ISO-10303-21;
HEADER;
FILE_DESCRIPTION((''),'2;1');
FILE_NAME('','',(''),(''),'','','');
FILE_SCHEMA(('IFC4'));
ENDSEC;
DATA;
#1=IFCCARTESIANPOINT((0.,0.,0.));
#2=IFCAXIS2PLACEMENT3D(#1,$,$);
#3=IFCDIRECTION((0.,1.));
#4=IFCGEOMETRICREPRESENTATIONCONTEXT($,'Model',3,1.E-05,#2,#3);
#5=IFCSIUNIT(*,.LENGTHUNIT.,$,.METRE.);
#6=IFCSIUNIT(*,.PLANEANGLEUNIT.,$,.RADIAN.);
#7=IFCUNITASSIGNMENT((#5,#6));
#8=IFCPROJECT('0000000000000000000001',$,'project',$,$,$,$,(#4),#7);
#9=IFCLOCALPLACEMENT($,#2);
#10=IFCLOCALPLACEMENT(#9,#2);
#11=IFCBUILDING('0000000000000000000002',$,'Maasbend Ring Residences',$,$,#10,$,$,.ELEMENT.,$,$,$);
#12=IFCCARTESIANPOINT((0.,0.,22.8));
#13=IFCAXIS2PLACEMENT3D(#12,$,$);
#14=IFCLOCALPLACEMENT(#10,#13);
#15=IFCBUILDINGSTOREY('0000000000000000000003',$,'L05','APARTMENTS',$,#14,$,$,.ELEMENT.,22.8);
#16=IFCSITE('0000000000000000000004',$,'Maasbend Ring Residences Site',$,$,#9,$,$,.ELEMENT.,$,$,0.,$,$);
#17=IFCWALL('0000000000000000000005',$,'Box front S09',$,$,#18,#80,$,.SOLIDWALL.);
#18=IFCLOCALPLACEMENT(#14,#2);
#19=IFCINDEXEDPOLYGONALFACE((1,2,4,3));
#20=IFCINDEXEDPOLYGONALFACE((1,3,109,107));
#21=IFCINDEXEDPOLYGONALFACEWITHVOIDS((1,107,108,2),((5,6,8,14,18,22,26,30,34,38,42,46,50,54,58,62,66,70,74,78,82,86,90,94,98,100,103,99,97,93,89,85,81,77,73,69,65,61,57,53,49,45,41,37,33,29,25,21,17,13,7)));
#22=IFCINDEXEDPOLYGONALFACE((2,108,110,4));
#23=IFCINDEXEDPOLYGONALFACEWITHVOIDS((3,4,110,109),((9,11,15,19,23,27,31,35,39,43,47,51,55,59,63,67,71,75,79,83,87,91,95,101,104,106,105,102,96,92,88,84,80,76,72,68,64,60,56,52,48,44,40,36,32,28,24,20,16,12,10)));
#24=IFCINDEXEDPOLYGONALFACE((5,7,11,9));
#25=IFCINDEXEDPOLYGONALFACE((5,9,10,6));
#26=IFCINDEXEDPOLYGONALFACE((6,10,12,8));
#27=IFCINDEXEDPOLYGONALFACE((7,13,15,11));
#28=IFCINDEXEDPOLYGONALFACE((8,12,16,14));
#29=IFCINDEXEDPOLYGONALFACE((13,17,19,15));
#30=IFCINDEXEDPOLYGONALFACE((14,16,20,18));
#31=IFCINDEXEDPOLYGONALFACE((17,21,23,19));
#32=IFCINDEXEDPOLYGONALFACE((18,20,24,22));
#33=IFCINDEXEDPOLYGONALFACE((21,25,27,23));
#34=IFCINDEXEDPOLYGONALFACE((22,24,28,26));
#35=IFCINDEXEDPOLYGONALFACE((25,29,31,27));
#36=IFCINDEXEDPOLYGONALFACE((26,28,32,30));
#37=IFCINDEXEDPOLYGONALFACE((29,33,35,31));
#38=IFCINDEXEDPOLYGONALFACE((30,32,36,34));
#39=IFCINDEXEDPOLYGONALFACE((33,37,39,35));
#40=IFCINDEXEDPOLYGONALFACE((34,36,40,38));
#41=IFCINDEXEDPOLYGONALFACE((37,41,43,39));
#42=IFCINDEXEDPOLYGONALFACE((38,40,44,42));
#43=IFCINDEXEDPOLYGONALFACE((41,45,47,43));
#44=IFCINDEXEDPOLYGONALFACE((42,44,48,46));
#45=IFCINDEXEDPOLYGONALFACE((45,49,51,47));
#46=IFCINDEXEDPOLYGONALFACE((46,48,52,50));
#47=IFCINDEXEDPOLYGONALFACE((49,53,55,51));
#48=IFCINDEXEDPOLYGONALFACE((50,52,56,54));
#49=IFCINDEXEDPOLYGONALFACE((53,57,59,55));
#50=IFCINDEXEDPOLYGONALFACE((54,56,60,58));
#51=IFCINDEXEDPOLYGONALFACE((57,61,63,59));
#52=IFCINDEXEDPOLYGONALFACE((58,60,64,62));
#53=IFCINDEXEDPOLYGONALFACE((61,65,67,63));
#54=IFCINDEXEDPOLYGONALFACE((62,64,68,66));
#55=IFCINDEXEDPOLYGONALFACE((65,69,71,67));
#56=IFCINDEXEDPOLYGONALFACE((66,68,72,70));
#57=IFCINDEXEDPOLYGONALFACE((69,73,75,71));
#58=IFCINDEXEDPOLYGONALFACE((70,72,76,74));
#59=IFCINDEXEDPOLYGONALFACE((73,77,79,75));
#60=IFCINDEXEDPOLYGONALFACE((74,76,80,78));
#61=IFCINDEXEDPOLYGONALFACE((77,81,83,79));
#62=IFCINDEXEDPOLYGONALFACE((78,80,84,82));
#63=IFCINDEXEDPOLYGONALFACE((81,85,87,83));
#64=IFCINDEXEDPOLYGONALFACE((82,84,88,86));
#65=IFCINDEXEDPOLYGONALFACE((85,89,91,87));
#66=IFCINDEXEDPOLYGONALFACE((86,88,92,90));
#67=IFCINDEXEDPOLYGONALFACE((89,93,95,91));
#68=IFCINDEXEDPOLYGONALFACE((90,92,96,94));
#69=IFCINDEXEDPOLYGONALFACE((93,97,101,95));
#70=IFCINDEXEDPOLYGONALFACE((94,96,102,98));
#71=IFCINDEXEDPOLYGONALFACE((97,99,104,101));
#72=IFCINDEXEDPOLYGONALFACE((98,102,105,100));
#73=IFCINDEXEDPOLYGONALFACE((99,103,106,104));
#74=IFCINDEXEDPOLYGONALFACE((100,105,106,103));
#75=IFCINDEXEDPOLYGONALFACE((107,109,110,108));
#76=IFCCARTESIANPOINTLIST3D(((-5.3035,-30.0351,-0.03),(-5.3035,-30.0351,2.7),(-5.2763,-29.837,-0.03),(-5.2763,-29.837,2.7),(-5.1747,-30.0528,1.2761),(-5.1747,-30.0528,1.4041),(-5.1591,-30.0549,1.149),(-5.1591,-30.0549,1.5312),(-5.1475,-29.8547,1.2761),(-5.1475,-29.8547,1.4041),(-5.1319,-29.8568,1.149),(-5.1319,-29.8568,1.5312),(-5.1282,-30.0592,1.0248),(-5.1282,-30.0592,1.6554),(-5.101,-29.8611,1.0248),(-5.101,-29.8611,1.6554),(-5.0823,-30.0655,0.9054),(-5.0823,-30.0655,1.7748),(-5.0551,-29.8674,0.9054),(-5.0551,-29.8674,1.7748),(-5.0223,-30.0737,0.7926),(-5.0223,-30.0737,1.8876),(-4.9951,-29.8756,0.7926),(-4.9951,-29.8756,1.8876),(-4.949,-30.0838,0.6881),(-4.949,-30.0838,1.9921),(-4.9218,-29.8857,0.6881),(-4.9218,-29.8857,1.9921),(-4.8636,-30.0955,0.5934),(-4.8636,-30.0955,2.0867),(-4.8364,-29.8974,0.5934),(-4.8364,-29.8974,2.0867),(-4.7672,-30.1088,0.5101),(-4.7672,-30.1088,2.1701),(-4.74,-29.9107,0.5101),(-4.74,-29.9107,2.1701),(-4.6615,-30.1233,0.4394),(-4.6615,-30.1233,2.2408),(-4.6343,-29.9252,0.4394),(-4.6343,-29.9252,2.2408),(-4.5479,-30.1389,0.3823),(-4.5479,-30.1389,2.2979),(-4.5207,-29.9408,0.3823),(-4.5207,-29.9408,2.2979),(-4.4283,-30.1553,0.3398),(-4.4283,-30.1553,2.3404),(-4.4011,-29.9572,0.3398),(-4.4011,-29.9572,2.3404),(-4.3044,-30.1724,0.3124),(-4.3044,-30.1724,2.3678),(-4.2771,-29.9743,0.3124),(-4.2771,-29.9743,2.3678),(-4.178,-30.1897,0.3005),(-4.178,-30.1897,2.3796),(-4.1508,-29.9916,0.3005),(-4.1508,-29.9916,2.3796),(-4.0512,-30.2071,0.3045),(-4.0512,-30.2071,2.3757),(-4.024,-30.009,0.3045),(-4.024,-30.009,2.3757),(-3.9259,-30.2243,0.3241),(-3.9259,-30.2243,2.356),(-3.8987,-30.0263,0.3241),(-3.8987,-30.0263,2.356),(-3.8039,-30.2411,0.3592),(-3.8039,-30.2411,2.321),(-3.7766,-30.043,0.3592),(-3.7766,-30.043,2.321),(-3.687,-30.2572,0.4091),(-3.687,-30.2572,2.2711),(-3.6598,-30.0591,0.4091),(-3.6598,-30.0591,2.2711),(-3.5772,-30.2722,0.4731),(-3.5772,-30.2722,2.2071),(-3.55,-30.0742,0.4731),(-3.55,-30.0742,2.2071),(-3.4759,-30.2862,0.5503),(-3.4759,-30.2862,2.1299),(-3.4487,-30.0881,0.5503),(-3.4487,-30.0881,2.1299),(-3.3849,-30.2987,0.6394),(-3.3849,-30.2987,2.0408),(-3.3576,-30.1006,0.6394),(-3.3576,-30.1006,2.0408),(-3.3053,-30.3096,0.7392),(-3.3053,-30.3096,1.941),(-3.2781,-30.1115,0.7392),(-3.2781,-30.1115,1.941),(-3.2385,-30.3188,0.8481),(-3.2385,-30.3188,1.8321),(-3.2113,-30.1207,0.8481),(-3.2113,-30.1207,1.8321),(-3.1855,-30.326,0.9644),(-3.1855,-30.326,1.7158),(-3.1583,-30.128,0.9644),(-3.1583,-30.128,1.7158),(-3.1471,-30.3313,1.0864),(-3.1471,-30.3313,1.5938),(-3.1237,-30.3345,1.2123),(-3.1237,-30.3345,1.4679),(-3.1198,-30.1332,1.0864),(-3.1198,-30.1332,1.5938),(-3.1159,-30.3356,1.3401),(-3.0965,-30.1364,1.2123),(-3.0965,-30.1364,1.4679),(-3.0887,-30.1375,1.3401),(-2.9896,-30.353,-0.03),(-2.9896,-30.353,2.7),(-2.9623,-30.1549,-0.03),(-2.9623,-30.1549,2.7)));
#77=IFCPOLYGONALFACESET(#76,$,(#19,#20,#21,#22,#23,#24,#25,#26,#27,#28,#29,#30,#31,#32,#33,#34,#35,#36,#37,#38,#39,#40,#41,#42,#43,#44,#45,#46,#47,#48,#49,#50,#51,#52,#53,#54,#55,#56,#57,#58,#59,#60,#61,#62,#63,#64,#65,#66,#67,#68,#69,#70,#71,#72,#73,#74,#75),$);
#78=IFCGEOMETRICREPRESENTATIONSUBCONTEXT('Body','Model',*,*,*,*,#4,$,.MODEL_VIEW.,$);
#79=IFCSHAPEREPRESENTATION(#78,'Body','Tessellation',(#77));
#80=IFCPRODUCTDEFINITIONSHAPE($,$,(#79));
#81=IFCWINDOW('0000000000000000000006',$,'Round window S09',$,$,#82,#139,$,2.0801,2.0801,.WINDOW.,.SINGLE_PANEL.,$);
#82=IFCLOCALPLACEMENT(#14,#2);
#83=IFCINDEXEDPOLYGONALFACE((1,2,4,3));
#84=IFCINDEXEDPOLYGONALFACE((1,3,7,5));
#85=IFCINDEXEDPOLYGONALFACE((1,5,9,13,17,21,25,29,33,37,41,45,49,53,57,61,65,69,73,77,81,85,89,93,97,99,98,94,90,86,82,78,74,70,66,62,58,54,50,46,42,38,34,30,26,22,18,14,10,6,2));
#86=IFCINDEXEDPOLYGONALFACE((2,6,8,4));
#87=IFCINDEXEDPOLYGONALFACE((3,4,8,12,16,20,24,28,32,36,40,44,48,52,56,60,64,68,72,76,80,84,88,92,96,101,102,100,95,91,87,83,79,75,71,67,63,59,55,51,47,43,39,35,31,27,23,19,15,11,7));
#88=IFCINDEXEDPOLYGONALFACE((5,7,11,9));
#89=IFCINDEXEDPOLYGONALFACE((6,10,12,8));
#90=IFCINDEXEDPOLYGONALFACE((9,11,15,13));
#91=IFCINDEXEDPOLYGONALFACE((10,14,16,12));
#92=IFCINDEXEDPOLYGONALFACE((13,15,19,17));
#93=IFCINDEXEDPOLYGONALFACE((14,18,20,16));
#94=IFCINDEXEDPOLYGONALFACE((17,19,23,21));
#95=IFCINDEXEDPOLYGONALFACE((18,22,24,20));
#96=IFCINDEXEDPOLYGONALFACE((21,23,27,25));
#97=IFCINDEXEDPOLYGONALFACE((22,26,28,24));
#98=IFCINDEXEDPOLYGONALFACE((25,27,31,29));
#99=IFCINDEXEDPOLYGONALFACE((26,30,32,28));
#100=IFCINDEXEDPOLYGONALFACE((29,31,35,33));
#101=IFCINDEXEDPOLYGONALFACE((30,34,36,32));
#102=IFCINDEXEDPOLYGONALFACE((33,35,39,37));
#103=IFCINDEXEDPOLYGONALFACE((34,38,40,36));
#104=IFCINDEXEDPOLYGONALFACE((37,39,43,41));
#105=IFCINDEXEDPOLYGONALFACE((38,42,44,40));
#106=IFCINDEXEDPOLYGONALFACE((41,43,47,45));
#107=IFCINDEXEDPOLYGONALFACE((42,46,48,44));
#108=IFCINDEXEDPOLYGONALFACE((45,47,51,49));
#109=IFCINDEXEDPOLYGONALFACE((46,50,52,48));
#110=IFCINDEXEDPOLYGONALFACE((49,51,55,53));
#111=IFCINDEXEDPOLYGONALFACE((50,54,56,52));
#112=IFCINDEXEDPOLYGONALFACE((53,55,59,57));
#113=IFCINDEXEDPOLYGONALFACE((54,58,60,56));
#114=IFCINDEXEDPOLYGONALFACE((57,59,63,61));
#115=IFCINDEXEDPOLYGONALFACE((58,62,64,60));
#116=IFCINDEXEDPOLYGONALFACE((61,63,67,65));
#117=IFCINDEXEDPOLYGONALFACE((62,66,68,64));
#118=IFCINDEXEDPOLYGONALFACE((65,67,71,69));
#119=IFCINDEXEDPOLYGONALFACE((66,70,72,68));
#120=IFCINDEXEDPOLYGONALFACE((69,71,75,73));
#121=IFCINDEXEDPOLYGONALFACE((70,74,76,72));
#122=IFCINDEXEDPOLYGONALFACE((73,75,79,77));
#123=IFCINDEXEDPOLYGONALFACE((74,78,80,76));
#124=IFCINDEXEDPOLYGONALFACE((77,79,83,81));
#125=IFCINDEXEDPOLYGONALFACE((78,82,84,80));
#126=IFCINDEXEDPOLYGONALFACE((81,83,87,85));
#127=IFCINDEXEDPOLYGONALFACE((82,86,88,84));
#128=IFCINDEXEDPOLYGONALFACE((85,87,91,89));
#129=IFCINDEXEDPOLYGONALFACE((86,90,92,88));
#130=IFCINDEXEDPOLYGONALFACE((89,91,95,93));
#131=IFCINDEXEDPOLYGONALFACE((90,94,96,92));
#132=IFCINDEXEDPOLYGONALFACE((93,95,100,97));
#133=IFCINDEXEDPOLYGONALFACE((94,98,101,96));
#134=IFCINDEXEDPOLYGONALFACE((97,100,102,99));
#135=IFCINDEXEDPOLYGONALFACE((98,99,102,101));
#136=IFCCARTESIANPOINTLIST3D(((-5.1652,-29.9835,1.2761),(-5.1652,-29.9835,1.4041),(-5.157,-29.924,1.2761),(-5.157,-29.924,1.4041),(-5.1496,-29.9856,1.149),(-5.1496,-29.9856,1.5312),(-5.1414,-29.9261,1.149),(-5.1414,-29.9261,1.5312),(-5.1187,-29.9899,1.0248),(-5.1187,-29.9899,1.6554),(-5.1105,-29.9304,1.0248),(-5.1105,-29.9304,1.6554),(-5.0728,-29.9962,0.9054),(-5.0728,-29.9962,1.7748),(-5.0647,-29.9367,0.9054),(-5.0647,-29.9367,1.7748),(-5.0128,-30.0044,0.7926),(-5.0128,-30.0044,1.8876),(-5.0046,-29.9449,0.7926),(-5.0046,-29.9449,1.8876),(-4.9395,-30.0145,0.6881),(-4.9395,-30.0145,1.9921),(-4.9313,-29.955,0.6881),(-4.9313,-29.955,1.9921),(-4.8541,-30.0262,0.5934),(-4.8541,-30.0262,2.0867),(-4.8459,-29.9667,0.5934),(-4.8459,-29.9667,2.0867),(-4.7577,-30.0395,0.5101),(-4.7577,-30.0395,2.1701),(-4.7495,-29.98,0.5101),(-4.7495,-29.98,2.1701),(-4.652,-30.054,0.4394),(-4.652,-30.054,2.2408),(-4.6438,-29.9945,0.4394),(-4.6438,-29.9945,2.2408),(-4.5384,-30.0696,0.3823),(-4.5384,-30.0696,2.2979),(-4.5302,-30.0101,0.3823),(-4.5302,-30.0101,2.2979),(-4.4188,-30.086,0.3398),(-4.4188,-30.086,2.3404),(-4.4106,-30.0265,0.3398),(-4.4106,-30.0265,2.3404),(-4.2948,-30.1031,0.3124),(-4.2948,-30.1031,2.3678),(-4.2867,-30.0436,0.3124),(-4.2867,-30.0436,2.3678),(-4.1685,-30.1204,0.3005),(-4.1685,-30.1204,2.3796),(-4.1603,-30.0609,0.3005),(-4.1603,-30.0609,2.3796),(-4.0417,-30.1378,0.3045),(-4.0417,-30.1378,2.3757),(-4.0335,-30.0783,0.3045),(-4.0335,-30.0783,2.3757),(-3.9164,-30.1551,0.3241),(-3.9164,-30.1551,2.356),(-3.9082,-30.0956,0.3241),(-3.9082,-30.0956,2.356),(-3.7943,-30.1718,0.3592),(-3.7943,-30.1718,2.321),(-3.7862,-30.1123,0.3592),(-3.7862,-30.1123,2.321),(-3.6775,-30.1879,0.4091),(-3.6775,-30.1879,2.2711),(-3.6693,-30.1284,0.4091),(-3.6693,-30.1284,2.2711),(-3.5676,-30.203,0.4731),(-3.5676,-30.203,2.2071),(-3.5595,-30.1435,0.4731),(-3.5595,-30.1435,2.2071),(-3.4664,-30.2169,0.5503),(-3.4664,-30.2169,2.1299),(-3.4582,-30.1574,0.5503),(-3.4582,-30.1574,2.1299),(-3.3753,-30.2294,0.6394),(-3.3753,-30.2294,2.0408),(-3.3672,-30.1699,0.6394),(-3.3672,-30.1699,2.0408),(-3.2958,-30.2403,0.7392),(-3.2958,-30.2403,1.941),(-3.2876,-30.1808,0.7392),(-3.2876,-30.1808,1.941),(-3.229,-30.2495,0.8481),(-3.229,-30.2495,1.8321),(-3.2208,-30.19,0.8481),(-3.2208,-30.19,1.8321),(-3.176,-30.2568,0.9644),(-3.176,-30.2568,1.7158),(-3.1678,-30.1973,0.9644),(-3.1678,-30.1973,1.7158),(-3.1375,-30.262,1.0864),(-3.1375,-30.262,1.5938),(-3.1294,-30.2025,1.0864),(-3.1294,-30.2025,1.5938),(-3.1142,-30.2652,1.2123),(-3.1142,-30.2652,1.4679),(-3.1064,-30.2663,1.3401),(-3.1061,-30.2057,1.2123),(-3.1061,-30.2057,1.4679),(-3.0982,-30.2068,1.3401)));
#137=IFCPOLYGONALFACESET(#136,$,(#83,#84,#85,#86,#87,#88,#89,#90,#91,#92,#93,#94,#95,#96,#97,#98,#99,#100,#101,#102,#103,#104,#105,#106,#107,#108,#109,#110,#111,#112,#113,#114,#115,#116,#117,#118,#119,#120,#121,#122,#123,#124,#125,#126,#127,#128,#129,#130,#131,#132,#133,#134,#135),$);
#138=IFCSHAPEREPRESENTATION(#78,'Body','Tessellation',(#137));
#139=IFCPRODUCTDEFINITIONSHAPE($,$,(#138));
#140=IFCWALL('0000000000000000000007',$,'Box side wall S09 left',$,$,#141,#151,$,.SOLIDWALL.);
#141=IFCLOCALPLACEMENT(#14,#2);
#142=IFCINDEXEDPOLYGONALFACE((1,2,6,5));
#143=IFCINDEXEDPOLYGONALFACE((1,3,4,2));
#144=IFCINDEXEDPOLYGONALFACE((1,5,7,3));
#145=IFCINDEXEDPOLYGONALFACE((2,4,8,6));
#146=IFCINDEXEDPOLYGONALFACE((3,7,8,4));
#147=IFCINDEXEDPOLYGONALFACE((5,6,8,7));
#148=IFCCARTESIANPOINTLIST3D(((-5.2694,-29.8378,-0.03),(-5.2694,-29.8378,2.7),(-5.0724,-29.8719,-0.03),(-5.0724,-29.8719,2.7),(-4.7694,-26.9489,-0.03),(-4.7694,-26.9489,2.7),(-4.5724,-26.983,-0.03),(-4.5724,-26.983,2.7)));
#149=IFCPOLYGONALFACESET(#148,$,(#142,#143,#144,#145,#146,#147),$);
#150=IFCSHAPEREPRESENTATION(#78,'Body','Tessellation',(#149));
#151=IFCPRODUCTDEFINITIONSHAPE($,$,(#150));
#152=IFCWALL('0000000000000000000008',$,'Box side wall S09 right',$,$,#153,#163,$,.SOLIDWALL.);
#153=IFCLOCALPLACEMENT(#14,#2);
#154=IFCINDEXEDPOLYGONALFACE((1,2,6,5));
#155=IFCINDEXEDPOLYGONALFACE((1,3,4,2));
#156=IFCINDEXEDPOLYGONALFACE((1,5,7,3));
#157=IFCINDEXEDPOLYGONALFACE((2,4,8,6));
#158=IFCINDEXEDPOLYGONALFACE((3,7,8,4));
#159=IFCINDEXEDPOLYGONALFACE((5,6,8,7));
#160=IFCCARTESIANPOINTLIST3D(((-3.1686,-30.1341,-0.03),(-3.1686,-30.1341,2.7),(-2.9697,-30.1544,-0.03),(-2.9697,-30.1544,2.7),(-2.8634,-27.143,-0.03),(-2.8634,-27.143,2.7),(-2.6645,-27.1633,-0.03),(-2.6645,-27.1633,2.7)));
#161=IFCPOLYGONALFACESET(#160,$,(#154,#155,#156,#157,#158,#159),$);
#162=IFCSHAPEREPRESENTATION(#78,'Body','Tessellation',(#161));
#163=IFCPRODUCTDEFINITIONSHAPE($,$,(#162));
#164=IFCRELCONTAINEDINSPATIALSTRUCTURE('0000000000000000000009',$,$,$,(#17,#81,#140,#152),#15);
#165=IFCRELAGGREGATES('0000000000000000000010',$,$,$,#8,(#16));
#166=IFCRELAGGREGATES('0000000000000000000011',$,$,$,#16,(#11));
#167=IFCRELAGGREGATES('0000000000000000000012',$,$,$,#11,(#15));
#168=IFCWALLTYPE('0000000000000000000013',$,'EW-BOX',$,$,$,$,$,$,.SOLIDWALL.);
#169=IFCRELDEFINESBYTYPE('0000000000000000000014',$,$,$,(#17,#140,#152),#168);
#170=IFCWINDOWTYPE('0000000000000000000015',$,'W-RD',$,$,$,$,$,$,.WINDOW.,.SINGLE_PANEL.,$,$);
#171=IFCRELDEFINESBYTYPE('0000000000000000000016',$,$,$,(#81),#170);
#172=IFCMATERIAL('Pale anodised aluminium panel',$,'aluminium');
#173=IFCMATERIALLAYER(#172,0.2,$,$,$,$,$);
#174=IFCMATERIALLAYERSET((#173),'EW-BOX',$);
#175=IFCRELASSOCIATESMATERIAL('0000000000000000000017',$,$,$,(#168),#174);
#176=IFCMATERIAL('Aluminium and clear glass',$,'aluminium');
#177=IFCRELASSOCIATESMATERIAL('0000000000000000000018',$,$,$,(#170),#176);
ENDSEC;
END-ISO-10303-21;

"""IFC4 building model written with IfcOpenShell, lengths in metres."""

from ifc_helpers import new_model, si_unit, direction, frame, frame_2d, origin, place, context, subcontext, project, spatial, rectangle, circle, extrude, material, layer, layer_set, type_object, element, fill, save


model = new_model("IFC4")

# Units and contexts
model_context = context("Model", 3, precision=1e-05, world=origin(), true_north=direction((0.0, 1.0)))
body_context = subcontext(model_context, "Body", "Model", "MODEL_VIEW")
ifc_project = project(units=[si_unit("LENGTHUNIT", "METRE"), si_unit("PLANEANGLEUNIT", "RADIAN")], contexts=[model_context])

# Site, building, storey
site_placement = place(None, origin())
site = spatial("IfcSite", under=ifc_project, at=site_placement, Name="Maasbend Ring Residences Site", CompositionType="ELEMENT", RefElevation=0.0)
building_placement = place(site_placement, origin())
building = spatial("IfcBuilding", under=site, at=building_placement, Name="Maasbend Ring Residences", CompositionType="ELEMENT")
storey_placement = place(building_placement, frame((0.0, 0.0, 22.8)))
storey = spatial("IfcBuildingStorey", under=building, at=storey_placement, Name="L05", Description="APARTMENTS", CompositionType="ELEMENT", Elevation=22.8)

# Shared definitions
ifc_material_1 = material(Name="Pale anodised aluminium panel", Category="aluminium")
ifc_layer_1 = layer(ifc_material_1, 0.2)
ifc_layer_set_1 = layer_set([ifc_layer_1], Name="EW-BOX")
wall_type_1 = type_object("IfcWallType", Name="EW-BOX", PredefinedType="SOLIDWALL", material=ifc_layer_set_1)

# Wall, opening, window
wall_1_placement = place(storey_placement, frame((-5.29, -29.936, -0.03), z_axis=(0.0, 0.0, 1.0), x_axis=(0.990696, -0.136093, 0.0)))
wall_1 = element("IfcWall", 1, at=wall_1_placement, inside=storey, type_object=wall_type_1, Name="Box front S09", PredefinedType="SOLIDWALL", context=body_context, shape_type="SweptSolid", body=[
    extrude(rectangle(XDim=2.3357, YDim=0.2, at=frame_2d((1.168, 0.0))), origin(), (0.0, 0.0, 1.0), 2.73),
])
opening_1_placement = place(wall_1_placement, frame((0.1282, 0.0, 0.3301)))
opening_1 = element("IfcOpeningElement", 2, at=opening_1_placement, cuts=wall_1, PredefinedType="OPENING", context=body_context, shape_type="SweptSolid", body=[
    extrude(circle(Radius=1.04, at=frame_2d((1.04, 1.04))), frame((0.0, 0.1099, 0.0), z_axis=(0.0, -1.0, 0.0), x_axis=(1.0, 0.0, 0.0)), (0.0, 0.0, 1.0), 0.22),
])
ifc_material_2 = material(Name="Aluminium and clear glass", Category="aluminium")
window_type_1 = type_object("IfcWindowType", Name="W-RD", PartitioningType="SINGLE_PANEL", PredefinedType="WINDOW", material=ifc_material_2)
window_1_placement = place(opening_1_placement, origin())
window_1 = element("IfcWindow", 3, at=window_1_placement, inside=storey, type_object=window_type_1, Name="Round window S09", OverallHeight=2.0801, OverallWidth=2.0801, PartitioningType="SINGLE_PANEL", PredefinedType="WINDOW", context=body_context, shape_type="SweptSolid", body=[
    extrude(circle(Radius=1.04, at=frame_2d((1.04, 1.04))), frame((0.0, 0.03, 0.0), z_axis=(0.0, -1.0, 0.0), x_axis=(1.0, 0.0, 0.0)), (0.0, 0.0, 1.0), 0.0601),
])
fill(opening_1, window_1)

# Walls
wall_2_placement = place(storey_placement, frame((-4.6709, -26.9661, -0.03), z_axis=(0.0, 0.0, 1.0), x_axis=(-0.17054, -0.985351, 0.0)))
element("IfcWall", 4, at=wall_2_placement, inside=storey, type_object=wall_type_1, Name="Box side wall S09 left", PredefinedType="SOLIDWALL", context=body_context, shape_type="SweptSolid", body=[
    extrude(rectangle(XDim=2.9319, YDim=0.2, at=frame_2d((1.4658, 0.0))), origin(), (0.0, 0.0, 1.0), 2.73),
])
wall_3_placement = place(storey_placement, frame((-2.7639, -27.1531, -0.03), z_axis=(0.0, 0.0, 1.0), x_axis=(-0.101505, -0.994835, 0.0)))
element("IfcWall", 5, at=wall_3_placement, inside=storey, type_object=wall_type_1, Name="Box side wall S09 right", PredefinedType="SOLIDWALL", context=body_context, shape_type="SweptSolid", body=[
    extrude(rectangle(XDim=3.0066, YDim=0.2, at=frame_2d((1.5034, 0.0))), origin(), (0.0, 0.0, 1.0), 2.73),
])

save(model, "model.ifc")
